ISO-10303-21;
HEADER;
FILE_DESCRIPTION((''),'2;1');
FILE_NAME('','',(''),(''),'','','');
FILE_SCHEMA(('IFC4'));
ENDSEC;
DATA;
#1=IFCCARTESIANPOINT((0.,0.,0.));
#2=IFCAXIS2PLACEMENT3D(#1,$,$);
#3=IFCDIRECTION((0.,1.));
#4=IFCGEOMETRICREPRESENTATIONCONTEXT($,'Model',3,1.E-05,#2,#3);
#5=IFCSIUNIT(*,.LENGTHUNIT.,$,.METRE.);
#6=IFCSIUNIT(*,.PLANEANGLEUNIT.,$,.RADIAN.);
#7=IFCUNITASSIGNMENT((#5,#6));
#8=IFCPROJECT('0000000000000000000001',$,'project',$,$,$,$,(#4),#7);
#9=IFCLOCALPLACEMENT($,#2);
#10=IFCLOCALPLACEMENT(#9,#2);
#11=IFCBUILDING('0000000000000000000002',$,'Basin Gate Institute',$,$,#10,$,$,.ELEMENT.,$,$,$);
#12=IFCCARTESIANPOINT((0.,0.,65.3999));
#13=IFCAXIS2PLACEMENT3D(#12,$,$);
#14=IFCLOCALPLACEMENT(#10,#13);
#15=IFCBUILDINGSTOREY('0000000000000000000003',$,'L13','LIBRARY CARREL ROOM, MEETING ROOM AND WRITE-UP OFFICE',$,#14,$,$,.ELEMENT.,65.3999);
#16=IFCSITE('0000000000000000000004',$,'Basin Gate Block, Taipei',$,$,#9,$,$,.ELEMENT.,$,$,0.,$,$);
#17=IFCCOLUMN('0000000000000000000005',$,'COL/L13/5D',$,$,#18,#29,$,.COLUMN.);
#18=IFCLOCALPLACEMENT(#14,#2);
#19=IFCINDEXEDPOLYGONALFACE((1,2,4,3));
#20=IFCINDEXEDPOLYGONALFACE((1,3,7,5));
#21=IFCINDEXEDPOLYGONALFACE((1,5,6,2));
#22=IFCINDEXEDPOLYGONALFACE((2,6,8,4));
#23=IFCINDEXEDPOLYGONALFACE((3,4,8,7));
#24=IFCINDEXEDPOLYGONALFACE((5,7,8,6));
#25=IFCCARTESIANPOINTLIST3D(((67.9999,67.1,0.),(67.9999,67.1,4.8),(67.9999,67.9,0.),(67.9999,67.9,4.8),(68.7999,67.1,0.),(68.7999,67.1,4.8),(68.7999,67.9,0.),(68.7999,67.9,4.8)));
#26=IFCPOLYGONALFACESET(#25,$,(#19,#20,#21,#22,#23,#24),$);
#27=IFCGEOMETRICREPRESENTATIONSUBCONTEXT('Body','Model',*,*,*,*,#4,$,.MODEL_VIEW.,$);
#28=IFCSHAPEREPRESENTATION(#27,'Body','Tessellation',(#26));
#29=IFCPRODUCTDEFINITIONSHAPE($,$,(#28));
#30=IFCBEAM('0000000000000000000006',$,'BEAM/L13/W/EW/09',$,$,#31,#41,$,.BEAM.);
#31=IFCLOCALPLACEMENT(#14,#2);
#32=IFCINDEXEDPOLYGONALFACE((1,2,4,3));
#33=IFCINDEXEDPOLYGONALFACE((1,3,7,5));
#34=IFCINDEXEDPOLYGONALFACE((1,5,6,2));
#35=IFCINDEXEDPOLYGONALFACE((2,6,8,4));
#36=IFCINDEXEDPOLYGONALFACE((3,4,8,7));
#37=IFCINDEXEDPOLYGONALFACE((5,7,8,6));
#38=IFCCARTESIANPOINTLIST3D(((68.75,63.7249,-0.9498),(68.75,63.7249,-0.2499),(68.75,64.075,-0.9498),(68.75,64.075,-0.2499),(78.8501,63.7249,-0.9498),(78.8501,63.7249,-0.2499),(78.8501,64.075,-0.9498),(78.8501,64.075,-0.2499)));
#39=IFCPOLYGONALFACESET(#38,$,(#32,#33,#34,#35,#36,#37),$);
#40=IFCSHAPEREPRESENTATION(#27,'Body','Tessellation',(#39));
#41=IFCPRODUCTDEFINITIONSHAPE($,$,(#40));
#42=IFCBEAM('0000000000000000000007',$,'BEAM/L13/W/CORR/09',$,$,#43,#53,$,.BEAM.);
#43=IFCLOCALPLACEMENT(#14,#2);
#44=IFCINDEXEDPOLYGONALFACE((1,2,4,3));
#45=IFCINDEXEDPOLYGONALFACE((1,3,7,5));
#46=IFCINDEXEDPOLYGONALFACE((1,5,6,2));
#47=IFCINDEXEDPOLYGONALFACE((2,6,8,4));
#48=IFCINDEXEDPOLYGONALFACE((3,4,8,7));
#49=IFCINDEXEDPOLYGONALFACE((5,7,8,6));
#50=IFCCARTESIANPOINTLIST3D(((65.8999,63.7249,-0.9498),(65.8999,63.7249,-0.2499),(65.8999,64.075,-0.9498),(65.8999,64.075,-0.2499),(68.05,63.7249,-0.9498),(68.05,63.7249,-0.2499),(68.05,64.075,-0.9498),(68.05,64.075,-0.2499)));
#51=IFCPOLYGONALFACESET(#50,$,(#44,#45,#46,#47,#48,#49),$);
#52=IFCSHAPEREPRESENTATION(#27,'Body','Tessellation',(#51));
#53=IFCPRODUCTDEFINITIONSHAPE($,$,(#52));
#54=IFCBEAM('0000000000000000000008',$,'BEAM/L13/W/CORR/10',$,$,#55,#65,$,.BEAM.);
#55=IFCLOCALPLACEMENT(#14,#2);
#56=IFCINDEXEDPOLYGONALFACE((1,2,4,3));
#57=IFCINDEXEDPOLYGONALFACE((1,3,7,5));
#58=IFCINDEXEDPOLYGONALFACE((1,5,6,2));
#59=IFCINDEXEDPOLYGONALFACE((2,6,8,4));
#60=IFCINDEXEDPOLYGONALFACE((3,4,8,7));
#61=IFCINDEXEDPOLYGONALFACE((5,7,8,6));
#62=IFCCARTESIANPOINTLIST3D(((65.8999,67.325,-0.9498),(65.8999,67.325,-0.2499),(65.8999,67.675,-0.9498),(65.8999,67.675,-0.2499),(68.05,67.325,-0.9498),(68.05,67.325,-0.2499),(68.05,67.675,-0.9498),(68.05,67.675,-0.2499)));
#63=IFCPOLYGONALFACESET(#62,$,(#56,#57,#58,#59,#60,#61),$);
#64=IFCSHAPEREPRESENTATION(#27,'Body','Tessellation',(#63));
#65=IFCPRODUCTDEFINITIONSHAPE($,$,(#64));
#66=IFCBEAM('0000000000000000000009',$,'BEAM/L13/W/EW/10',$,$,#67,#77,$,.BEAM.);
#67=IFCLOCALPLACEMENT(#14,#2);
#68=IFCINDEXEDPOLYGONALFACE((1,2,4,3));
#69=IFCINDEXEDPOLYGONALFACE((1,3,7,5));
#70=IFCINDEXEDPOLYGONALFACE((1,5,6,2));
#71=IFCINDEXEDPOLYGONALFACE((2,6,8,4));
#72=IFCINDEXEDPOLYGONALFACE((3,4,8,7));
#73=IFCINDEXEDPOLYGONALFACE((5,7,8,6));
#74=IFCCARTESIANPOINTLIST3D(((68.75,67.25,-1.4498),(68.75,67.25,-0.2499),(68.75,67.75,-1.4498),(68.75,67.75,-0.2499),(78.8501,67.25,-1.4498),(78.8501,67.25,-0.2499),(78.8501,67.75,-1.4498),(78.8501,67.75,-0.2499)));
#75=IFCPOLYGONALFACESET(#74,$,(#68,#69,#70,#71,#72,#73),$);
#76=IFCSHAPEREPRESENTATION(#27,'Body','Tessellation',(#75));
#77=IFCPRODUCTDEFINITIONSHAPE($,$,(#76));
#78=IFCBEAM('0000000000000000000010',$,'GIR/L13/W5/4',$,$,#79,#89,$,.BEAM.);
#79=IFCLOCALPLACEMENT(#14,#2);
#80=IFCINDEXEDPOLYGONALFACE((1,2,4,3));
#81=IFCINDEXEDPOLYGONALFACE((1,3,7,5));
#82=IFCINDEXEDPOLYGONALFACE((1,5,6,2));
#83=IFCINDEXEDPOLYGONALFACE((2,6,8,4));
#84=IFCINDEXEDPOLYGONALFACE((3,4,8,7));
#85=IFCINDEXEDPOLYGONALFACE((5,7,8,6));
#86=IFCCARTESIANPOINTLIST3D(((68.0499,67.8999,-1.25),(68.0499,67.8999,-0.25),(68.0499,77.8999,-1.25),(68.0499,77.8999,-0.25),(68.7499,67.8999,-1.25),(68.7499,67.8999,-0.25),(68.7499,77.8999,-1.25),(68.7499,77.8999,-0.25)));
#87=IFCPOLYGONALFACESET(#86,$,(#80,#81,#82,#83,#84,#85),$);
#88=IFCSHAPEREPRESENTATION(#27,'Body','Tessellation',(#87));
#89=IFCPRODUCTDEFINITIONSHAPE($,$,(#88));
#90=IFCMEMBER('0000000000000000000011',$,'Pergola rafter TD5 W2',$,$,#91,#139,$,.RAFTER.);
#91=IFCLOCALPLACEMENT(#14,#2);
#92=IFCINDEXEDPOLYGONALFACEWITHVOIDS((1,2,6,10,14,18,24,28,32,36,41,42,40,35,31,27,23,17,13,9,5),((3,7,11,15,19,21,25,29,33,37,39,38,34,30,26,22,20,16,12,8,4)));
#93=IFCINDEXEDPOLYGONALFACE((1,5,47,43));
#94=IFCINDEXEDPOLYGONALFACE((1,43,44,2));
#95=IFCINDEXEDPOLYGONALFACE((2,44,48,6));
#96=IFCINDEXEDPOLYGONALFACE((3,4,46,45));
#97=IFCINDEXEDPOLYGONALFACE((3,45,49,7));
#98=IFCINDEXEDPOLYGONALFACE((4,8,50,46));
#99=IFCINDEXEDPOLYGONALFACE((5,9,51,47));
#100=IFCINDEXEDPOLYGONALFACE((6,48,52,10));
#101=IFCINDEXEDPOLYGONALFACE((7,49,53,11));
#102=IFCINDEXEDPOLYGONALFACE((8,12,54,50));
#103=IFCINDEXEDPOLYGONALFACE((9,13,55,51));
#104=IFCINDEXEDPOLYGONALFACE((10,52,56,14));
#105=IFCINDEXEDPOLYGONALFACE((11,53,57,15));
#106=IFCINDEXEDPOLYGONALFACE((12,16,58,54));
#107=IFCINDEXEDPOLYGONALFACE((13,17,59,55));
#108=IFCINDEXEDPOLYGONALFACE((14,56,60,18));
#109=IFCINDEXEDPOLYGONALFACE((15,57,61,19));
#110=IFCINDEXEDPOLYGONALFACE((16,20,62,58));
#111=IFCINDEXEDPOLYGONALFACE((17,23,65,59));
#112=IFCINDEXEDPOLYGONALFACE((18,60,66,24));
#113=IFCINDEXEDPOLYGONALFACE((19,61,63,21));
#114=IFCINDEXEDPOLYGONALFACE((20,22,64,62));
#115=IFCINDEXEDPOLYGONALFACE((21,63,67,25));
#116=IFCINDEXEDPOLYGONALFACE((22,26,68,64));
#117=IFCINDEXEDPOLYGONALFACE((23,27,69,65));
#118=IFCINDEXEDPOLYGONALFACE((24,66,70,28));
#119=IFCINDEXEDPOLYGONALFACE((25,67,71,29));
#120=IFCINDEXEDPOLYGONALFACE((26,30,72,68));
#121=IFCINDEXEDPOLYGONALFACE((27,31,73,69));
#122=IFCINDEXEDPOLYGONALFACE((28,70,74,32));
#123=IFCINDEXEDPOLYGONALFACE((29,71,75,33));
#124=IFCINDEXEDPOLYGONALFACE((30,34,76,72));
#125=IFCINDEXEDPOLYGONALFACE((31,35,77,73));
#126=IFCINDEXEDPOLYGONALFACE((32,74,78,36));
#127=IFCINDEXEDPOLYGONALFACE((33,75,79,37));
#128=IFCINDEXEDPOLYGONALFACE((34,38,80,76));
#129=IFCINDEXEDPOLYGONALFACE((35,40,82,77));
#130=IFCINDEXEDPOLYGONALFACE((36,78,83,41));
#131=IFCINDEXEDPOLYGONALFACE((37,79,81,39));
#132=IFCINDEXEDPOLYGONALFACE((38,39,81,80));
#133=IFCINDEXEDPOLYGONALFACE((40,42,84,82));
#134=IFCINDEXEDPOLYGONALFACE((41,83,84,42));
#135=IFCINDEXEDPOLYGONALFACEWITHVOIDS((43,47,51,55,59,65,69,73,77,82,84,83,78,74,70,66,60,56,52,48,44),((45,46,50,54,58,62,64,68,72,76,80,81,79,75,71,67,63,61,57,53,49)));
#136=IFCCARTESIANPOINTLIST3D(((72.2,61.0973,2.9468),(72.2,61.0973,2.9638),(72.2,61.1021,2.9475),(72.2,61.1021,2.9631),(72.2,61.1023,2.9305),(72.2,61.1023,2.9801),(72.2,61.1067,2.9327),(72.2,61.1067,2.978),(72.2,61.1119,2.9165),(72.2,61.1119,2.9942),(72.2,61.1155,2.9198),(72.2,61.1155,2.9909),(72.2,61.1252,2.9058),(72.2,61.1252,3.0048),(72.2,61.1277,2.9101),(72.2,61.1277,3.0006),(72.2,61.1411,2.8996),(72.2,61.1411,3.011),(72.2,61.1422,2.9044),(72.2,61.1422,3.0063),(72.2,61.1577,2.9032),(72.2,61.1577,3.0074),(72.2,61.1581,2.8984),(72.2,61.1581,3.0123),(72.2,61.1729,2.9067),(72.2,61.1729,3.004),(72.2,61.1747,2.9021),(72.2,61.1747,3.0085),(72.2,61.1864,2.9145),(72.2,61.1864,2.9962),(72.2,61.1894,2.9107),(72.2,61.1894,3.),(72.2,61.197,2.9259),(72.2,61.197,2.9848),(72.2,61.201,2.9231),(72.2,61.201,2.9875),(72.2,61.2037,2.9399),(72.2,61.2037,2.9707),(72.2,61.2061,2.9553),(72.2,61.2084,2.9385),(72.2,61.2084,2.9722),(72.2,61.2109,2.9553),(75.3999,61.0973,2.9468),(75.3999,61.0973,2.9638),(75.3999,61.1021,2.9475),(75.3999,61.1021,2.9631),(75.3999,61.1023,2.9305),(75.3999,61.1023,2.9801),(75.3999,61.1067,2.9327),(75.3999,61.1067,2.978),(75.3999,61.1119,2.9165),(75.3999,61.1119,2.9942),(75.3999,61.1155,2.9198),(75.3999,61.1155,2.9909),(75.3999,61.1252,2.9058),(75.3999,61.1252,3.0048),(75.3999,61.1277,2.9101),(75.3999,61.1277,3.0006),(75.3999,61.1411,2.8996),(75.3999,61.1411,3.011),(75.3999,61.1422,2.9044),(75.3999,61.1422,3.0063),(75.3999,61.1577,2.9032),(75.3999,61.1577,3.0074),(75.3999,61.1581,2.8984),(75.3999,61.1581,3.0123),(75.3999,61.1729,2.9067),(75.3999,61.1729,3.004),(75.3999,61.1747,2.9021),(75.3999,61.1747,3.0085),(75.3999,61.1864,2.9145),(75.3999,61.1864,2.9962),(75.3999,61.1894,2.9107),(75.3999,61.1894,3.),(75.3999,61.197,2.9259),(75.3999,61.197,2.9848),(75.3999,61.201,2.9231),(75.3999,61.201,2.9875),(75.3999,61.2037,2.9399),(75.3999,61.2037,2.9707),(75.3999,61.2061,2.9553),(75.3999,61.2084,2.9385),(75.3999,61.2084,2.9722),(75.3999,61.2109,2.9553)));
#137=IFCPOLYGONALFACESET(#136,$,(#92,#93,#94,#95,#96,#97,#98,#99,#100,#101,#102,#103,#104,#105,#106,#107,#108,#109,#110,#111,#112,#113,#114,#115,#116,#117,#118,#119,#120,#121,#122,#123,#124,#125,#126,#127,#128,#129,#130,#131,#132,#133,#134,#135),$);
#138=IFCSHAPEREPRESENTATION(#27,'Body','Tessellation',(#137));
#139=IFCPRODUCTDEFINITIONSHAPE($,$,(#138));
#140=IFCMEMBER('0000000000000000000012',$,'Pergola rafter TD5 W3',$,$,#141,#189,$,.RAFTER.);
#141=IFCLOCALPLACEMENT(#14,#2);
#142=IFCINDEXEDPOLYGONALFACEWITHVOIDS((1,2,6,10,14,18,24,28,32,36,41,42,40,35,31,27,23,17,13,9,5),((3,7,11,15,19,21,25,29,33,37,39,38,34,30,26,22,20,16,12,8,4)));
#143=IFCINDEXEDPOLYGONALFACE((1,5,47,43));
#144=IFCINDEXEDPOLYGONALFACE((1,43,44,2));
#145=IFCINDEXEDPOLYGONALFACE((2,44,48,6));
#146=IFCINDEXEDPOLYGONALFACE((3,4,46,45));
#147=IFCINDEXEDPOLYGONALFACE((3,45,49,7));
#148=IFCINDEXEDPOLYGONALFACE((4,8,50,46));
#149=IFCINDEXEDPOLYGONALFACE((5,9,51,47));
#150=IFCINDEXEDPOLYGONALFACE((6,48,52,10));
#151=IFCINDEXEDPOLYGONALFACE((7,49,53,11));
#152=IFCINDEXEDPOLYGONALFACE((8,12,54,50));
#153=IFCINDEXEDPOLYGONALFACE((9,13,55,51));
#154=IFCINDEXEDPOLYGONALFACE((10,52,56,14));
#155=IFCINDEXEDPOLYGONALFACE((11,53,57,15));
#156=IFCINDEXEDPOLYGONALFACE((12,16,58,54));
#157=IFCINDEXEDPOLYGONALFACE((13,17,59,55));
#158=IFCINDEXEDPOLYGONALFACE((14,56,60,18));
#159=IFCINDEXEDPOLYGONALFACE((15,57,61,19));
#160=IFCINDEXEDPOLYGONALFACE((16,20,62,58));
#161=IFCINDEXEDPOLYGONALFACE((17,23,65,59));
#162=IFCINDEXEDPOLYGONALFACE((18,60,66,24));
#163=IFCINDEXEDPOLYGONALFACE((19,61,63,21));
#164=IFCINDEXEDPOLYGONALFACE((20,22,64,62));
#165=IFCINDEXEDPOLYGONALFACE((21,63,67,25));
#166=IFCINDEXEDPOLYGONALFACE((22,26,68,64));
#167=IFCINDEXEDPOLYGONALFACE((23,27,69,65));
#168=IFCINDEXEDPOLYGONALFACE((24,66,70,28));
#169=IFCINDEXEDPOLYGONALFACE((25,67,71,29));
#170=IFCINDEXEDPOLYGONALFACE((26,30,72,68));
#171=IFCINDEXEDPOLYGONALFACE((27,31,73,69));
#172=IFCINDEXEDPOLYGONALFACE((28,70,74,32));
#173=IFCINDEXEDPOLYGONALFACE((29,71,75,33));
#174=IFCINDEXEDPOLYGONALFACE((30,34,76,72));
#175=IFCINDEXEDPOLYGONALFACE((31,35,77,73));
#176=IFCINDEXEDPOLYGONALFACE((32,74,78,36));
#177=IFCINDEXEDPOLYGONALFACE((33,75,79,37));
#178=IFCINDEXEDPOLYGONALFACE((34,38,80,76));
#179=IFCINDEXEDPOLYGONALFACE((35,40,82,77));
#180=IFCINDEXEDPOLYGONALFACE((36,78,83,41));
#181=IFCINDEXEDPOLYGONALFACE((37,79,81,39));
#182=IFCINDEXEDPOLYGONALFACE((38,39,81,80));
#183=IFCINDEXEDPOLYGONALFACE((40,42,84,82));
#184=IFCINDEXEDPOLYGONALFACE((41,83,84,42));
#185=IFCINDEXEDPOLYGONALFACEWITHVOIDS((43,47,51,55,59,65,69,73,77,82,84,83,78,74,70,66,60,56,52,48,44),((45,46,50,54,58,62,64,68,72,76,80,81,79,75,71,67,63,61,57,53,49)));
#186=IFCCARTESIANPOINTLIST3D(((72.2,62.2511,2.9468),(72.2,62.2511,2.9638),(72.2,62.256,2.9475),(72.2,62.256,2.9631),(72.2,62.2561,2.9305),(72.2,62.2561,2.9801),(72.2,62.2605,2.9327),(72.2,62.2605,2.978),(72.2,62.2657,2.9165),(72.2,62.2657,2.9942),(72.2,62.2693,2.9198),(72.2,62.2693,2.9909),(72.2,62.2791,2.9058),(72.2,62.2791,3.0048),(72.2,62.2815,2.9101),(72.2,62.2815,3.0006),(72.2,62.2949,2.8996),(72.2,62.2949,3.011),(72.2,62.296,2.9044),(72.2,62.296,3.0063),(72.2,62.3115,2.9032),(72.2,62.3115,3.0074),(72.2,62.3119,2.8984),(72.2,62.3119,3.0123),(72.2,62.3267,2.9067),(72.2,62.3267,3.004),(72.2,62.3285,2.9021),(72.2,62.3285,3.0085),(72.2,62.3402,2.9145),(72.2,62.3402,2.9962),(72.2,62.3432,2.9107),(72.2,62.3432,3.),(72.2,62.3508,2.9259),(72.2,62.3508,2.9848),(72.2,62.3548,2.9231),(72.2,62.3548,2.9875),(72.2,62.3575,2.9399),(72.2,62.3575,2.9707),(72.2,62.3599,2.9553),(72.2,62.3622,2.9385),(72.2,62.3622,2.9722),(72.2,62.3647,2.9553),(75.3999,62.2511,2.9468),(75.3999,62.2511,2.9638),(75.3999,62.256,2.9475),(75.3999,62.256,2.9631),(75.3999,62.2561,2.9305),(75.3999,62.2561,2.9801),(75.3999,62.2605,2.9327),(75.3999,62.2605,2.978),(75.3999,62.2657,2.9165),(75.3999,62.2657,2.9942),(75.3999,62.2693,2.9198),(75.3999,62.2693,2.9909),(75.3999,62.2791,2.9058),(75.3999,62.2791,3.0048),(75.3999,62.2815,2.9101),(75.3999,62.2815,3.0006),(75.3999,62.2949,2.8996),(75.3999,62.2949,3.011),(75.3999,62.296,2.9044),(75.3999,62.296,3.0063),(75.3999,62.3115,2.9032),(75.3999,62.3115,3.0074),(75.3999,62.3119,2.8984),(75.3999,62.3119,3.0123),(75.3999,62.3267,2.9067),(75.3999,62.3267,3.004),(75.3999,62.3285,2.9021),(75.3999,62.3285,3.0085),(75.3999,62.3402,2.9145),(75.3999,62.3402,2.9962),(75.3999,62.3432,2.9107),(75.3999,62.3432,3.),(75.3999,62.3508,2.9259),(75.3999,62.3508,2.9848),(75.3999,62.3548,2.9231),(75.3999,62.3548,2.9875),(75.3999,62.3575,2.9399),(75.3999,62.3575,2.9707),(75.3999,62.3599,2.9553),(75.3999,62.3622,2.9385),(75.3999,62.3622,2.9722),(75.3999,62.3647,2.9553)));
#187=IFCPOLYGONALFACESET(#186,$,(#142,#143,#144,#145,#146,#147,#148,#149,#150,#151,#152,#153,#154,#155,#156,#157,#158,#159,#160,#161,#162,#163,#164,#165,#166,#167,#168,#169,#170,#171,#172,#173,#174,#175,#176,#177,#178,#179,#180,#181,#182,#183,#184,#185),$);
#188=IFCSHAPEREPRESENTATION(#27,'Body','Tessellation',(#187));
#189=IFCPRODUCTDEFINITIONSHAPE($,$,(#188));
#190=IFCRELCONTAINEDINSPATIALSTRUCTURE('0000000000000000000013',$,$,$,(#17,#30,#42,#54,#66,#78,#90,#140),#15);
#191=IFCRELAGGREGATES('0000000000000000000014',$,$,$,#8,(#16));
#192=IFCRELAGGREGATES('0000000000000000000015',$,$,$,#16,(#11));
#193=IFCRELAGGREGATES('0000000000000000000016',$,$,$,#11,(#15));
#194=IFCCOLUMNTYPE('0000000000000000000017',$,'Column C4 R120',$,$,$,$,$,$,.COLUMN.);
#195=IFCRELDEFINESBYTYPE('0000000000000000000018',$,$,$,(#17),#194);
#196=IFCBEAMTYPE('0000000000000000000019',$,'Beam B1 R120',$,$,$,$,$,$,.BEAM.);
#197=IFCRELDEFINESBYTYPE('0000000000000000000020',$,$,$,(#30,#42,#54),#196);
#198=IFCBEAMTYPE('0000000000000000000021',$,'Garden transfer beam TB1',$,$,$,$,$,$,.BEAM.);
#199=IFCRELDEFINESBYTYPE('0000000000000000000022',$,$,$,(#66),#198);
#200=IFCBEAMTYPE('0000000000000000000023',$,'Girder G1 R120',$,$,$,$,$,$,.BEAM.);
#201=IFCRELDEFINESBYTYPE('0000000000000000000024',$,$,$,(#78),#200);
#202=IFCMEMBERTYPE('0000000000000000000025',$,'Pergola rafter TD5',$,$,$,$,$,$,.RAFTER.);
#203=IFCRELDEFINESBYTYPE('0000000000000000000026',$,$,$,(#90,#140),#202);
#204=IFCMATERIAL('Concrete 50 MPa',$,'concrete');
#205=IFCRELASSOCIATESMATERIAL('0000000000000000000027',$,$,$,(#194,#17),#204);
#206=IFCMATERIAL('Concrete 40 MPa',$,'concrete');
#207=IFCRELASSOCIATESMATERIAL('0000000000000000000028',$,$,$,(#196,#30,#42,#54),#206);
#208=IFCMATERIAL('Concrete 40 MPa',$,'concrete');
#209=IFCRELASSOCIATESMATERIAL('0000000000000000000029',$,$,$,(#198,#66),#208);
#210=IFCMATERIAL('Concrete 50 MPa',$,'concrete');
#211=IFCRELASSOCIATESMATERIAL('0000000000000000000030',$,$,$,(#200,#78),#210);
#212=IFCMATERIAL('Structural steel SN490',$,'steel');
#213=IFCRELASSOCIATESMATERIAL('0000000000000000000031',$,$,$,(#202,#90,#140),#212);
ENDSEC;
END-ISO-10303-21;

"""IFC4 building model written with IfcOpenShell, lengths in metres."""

from ifc_helpers import new_model, si_unit, direction, frame, origin, origin_2d, place, context, subcontext, project, spatial, rectangle, hollow_circle, extrude, material, material_profile, profile_set, type_object, element, save


model = new_model("IFC4")

# Units and contexts
model_context = context("Model", 3, precision=1e-05, world=origin(), true_north=direction((0.0, 1.0)))
body_context = subcontext(model_context, "Body", "Model", "MODEL_VIEW")
ifc_project = project(units=[si_unit("LENGTHUNIT", "METRE"), si_unit("PLANEANGLEUNIT", "RADIAN")], contexts=[model_context])

# Site, building, storey
site_placement = place(None, origin())
site = spatial("IfcSite", under=ifc_project, at=site_placement, Name="Basin Gate Block, Taipei", CompositionType="ELEMENT", RefElevation=0.0)
building_placement = place(site_placement, origin())
building = spatial("IfcBuilding", under=site, at=building_placement, Name="Basin Gate Institute", CompositionType="ELEMENT")
storey_placement = place(building_placement, frame((0.0, 0.0, 65.3999)))
storey = spatial("IfcBuildingStorey", under=building, at=storey_placement, Name="L13", Description="LIBRARY CARREL ROOM, MEETING ROOM AND WRITE-UP OFFICE", CompositionType="ELEMENT", Elevation=65.3999)

# Column
ifc_material_1 = material(Name="Concrete 50 MPa", Category="concrete")
ifc_material_profile_1 = material_profile(ifc_material_1, rectangle(XDim=0.8, YDim=0.8, at=origin_2d()), Name="Column C4 800 x 800")
ifc_profile_set_1 = profile_set([ifc_material_profile_1], Name="Concrete 50 MPa")
column_type = type_object("IfcColumnType", Name="Column C4 R120", PredefinedType="COLUMN", material=ifc_profile_set_1)
column_placement = place(storey_placement, frame((68.3999, 67.5, 0.0), z_axis=(0.0, 0.0, 1.0), x_axis=(1.0, 0.0, 0.0)))
element("IfcColumn", 1, at=column_placement, inside=storey, type_object=column_type, material=ifc_profile_set_1, Name="COL/L13/5D", PredefinedType="COLUMN", context=body_context, shape_type="SweptSolid", body=[
    extrude(rectangle(XDim=0.8, YDim=0.8, at=origin_2d()), origin(), (0.0, 0.0, 1.0), 4.8),
])

# Beams
ifc_material_2 = material(Name="Concrete 40 MPa", Category="concrete")
ifc_material_profile_2 = material_profile(ifc_material_2, rectangle(XDim=0.3501, YDim=0.7, at=origin_2d()), Name="Beam B1 350 x 700")
ifc_profile_set_2 = profile_set([ifc_material_profile_2], Name="Concrete 40 MPa")
beam_type_1 = type_object("IfcBeamType", Name="Beam B1 R120", PredefinedType="BEAM", material=ifc_profile_set_2)
beam_1_placement = place(storey_placement, frame((68.75, 63.8999, -0.5999), z_axis=(1.0, 0.0, 0.0), x_axis=(0.0, 1.0, 0.0)))
element("IfcBeam", 2, at=beam_1_placement, inside=storey, type_object=beam_type_1, material=ifc_profile_set_2, Name="BEAM/L13/W/EW/09", PredefinedType="BEAM", context=body_context, shape_type="SweptSolid", body=[
    extrude(rectangle(XDim=0.3501, YDim=0.7, at=origin_2d()), origin(), (0.0, 0.0, 1.0), 10.1001),
])
for number, where, z_axis, x_axis, name in (
    (3, (65.8999, 63.8999, -0.5999), (1.0, 0.0, 0.0), (0.0, 1.0, 0.0), "BEAM/L13/W/CORR/09"),
    (4, (65.8999, 67.5, -0.5999), (1.0, 0.0, 0.0), (0.0, 1.0, 0.0), "BEAM/L13/W/CORR/10"),
):
    element("IfcBeam", number, at=place(storey_placement, frame(where, z_axis=z_axis, x_axis=x_axis)), inside=storey, type_object=beam_type_1, material=ifc_profile_set_2, Name=name, PredefinedType="BEAM", context=body_context, shape_type="SweptSolid", body=[
        extrude(rectangle(XDim=0.3501, YDim=0.7, at=origin_2d()), origin(), (0.0, 0.0, 1.0), 2.1501),
    ])
ifc_material_3 = material(Name="Concrete 40 MPa", Category="concrete")
ifc_material_profile_3 = material_profile(ifc_material_3, rectangle(XDim=0.5, YDim=1.2, at=origin_2d()), Name="Garden transfer beam TB1 500 x 1200")
ifc_profile_set_3 = profile_set([ifc_material_profile_3], Name="Concrete 40 MPa")
beam_type_2 = type_object("IfcBeamType", Name="Garden transfer beam TB1", PredefinedType="BEAM", material=ifc_profile_set_3)
beam_2_placement = place(storey_placement, frame((68.75, 67.5, -0.8499), z_axis=(1.0, 0.0, 0.0), x_axis=(0.0, 1.0, 0.0)))
element("IfcBeam", 5, at=beam_2_placement, inside=storey, type_object=beam_type_2, material=ifc_profile_set_3, Name="BEAM/L13/W/EW/10", PredefinedType="BEAM", context=body_context, shape_type="SweptSolid", body=[
    extrude(rectangle(XDim=0.5, YDim=1.2, at=origin_2d()), origin(), (0.0, 0.0, 1.0), 10.1001),
])
ifc_material_4 = material(Name="Concrete 50 MPa", Category="concrete")
ifc_material_profile_4 = material_profile(ifc_material_4, rectangle(XDim=0.7, YDim=1.0, at=origin_2d()), Name="Girder G1 700 x 1000")
ifc_profile_set_4 = profile_set([ifc_material_profile_4], Name="Concrete 50 MPa")
beam_type_3 = type_object("IfcBeamType", Name="Girder G1 R120", PredefinedType="BEAM", material=ifc_profile_set_4)
beam_3_placement = place(storey_placement, frame((68.3999, 67.8999, -0.75), z_axis=(0.0, 1.0, 0.0), x_axis=(-1.0, 0.0, 0.0)))
element("IfcBeam", 6, at=beam_3_placement, inside=storey, type_object=beam_type_3, material=ifc_profile_set_4, Name="GIR/L13/W5/4", PredefinedType="BEAM", context=body_context, shape_type="SweptSolid", body=[
    extrude(rectangle(XDim=0.7, YDim=1.0, at=origin_2d()), origin(), (0.0, 0.0, 1.0), 10.0),
])

# Members
ifc_material_5 = material(Name="Structural steel SN490", Category="steel")
ifc_material_profile_5 = material_profile(ifc_material_5, hollow_circle(Radius=0.0571, WallThickness=0.0049, at=origin_2d()), Name="CHS114x5")
ifc_profile_set_5 = profile_set([ifc_material_profile_5], Name="Structural steel SN490")
member_type = type_object("IfcMemberType", Name="Pergola rafter TD5", PredefinedType="RAFTER", material=ifc_profile_set_5)
for number, where, z_axis, x_axis, name in (
    (7, (72.2, 61.1538, 2.9553), (1.0, 0.0, 0.0), (0.0, 1.0, 0.0), "Pergola rafter TD5 W2"),
    (8, (72.2, 62.3076, 2.9553), (1.0, 0.0, 0.0), (0.0, 1.0, 0.0), "Pergola rafter TD5 W3"),
):
    element("IfcMember", number, at=place(storey_placement, frame(where, z_axis=z_axis, x_axis=x_axis)), inside=storey, type_object=member_type, material=ifc_profile_set_5, Name=name, PredefinedType="RAFTER", context=body_context, shape_type="SweptSolid", body=[
        extrude(hollow_circle(Radius=0.0571, WallThickness=0.0049, at=origin_2d()), origin(), (0.0, 0.0, 1.0), 3.2),
    ])

save(model, "model.ifc")
